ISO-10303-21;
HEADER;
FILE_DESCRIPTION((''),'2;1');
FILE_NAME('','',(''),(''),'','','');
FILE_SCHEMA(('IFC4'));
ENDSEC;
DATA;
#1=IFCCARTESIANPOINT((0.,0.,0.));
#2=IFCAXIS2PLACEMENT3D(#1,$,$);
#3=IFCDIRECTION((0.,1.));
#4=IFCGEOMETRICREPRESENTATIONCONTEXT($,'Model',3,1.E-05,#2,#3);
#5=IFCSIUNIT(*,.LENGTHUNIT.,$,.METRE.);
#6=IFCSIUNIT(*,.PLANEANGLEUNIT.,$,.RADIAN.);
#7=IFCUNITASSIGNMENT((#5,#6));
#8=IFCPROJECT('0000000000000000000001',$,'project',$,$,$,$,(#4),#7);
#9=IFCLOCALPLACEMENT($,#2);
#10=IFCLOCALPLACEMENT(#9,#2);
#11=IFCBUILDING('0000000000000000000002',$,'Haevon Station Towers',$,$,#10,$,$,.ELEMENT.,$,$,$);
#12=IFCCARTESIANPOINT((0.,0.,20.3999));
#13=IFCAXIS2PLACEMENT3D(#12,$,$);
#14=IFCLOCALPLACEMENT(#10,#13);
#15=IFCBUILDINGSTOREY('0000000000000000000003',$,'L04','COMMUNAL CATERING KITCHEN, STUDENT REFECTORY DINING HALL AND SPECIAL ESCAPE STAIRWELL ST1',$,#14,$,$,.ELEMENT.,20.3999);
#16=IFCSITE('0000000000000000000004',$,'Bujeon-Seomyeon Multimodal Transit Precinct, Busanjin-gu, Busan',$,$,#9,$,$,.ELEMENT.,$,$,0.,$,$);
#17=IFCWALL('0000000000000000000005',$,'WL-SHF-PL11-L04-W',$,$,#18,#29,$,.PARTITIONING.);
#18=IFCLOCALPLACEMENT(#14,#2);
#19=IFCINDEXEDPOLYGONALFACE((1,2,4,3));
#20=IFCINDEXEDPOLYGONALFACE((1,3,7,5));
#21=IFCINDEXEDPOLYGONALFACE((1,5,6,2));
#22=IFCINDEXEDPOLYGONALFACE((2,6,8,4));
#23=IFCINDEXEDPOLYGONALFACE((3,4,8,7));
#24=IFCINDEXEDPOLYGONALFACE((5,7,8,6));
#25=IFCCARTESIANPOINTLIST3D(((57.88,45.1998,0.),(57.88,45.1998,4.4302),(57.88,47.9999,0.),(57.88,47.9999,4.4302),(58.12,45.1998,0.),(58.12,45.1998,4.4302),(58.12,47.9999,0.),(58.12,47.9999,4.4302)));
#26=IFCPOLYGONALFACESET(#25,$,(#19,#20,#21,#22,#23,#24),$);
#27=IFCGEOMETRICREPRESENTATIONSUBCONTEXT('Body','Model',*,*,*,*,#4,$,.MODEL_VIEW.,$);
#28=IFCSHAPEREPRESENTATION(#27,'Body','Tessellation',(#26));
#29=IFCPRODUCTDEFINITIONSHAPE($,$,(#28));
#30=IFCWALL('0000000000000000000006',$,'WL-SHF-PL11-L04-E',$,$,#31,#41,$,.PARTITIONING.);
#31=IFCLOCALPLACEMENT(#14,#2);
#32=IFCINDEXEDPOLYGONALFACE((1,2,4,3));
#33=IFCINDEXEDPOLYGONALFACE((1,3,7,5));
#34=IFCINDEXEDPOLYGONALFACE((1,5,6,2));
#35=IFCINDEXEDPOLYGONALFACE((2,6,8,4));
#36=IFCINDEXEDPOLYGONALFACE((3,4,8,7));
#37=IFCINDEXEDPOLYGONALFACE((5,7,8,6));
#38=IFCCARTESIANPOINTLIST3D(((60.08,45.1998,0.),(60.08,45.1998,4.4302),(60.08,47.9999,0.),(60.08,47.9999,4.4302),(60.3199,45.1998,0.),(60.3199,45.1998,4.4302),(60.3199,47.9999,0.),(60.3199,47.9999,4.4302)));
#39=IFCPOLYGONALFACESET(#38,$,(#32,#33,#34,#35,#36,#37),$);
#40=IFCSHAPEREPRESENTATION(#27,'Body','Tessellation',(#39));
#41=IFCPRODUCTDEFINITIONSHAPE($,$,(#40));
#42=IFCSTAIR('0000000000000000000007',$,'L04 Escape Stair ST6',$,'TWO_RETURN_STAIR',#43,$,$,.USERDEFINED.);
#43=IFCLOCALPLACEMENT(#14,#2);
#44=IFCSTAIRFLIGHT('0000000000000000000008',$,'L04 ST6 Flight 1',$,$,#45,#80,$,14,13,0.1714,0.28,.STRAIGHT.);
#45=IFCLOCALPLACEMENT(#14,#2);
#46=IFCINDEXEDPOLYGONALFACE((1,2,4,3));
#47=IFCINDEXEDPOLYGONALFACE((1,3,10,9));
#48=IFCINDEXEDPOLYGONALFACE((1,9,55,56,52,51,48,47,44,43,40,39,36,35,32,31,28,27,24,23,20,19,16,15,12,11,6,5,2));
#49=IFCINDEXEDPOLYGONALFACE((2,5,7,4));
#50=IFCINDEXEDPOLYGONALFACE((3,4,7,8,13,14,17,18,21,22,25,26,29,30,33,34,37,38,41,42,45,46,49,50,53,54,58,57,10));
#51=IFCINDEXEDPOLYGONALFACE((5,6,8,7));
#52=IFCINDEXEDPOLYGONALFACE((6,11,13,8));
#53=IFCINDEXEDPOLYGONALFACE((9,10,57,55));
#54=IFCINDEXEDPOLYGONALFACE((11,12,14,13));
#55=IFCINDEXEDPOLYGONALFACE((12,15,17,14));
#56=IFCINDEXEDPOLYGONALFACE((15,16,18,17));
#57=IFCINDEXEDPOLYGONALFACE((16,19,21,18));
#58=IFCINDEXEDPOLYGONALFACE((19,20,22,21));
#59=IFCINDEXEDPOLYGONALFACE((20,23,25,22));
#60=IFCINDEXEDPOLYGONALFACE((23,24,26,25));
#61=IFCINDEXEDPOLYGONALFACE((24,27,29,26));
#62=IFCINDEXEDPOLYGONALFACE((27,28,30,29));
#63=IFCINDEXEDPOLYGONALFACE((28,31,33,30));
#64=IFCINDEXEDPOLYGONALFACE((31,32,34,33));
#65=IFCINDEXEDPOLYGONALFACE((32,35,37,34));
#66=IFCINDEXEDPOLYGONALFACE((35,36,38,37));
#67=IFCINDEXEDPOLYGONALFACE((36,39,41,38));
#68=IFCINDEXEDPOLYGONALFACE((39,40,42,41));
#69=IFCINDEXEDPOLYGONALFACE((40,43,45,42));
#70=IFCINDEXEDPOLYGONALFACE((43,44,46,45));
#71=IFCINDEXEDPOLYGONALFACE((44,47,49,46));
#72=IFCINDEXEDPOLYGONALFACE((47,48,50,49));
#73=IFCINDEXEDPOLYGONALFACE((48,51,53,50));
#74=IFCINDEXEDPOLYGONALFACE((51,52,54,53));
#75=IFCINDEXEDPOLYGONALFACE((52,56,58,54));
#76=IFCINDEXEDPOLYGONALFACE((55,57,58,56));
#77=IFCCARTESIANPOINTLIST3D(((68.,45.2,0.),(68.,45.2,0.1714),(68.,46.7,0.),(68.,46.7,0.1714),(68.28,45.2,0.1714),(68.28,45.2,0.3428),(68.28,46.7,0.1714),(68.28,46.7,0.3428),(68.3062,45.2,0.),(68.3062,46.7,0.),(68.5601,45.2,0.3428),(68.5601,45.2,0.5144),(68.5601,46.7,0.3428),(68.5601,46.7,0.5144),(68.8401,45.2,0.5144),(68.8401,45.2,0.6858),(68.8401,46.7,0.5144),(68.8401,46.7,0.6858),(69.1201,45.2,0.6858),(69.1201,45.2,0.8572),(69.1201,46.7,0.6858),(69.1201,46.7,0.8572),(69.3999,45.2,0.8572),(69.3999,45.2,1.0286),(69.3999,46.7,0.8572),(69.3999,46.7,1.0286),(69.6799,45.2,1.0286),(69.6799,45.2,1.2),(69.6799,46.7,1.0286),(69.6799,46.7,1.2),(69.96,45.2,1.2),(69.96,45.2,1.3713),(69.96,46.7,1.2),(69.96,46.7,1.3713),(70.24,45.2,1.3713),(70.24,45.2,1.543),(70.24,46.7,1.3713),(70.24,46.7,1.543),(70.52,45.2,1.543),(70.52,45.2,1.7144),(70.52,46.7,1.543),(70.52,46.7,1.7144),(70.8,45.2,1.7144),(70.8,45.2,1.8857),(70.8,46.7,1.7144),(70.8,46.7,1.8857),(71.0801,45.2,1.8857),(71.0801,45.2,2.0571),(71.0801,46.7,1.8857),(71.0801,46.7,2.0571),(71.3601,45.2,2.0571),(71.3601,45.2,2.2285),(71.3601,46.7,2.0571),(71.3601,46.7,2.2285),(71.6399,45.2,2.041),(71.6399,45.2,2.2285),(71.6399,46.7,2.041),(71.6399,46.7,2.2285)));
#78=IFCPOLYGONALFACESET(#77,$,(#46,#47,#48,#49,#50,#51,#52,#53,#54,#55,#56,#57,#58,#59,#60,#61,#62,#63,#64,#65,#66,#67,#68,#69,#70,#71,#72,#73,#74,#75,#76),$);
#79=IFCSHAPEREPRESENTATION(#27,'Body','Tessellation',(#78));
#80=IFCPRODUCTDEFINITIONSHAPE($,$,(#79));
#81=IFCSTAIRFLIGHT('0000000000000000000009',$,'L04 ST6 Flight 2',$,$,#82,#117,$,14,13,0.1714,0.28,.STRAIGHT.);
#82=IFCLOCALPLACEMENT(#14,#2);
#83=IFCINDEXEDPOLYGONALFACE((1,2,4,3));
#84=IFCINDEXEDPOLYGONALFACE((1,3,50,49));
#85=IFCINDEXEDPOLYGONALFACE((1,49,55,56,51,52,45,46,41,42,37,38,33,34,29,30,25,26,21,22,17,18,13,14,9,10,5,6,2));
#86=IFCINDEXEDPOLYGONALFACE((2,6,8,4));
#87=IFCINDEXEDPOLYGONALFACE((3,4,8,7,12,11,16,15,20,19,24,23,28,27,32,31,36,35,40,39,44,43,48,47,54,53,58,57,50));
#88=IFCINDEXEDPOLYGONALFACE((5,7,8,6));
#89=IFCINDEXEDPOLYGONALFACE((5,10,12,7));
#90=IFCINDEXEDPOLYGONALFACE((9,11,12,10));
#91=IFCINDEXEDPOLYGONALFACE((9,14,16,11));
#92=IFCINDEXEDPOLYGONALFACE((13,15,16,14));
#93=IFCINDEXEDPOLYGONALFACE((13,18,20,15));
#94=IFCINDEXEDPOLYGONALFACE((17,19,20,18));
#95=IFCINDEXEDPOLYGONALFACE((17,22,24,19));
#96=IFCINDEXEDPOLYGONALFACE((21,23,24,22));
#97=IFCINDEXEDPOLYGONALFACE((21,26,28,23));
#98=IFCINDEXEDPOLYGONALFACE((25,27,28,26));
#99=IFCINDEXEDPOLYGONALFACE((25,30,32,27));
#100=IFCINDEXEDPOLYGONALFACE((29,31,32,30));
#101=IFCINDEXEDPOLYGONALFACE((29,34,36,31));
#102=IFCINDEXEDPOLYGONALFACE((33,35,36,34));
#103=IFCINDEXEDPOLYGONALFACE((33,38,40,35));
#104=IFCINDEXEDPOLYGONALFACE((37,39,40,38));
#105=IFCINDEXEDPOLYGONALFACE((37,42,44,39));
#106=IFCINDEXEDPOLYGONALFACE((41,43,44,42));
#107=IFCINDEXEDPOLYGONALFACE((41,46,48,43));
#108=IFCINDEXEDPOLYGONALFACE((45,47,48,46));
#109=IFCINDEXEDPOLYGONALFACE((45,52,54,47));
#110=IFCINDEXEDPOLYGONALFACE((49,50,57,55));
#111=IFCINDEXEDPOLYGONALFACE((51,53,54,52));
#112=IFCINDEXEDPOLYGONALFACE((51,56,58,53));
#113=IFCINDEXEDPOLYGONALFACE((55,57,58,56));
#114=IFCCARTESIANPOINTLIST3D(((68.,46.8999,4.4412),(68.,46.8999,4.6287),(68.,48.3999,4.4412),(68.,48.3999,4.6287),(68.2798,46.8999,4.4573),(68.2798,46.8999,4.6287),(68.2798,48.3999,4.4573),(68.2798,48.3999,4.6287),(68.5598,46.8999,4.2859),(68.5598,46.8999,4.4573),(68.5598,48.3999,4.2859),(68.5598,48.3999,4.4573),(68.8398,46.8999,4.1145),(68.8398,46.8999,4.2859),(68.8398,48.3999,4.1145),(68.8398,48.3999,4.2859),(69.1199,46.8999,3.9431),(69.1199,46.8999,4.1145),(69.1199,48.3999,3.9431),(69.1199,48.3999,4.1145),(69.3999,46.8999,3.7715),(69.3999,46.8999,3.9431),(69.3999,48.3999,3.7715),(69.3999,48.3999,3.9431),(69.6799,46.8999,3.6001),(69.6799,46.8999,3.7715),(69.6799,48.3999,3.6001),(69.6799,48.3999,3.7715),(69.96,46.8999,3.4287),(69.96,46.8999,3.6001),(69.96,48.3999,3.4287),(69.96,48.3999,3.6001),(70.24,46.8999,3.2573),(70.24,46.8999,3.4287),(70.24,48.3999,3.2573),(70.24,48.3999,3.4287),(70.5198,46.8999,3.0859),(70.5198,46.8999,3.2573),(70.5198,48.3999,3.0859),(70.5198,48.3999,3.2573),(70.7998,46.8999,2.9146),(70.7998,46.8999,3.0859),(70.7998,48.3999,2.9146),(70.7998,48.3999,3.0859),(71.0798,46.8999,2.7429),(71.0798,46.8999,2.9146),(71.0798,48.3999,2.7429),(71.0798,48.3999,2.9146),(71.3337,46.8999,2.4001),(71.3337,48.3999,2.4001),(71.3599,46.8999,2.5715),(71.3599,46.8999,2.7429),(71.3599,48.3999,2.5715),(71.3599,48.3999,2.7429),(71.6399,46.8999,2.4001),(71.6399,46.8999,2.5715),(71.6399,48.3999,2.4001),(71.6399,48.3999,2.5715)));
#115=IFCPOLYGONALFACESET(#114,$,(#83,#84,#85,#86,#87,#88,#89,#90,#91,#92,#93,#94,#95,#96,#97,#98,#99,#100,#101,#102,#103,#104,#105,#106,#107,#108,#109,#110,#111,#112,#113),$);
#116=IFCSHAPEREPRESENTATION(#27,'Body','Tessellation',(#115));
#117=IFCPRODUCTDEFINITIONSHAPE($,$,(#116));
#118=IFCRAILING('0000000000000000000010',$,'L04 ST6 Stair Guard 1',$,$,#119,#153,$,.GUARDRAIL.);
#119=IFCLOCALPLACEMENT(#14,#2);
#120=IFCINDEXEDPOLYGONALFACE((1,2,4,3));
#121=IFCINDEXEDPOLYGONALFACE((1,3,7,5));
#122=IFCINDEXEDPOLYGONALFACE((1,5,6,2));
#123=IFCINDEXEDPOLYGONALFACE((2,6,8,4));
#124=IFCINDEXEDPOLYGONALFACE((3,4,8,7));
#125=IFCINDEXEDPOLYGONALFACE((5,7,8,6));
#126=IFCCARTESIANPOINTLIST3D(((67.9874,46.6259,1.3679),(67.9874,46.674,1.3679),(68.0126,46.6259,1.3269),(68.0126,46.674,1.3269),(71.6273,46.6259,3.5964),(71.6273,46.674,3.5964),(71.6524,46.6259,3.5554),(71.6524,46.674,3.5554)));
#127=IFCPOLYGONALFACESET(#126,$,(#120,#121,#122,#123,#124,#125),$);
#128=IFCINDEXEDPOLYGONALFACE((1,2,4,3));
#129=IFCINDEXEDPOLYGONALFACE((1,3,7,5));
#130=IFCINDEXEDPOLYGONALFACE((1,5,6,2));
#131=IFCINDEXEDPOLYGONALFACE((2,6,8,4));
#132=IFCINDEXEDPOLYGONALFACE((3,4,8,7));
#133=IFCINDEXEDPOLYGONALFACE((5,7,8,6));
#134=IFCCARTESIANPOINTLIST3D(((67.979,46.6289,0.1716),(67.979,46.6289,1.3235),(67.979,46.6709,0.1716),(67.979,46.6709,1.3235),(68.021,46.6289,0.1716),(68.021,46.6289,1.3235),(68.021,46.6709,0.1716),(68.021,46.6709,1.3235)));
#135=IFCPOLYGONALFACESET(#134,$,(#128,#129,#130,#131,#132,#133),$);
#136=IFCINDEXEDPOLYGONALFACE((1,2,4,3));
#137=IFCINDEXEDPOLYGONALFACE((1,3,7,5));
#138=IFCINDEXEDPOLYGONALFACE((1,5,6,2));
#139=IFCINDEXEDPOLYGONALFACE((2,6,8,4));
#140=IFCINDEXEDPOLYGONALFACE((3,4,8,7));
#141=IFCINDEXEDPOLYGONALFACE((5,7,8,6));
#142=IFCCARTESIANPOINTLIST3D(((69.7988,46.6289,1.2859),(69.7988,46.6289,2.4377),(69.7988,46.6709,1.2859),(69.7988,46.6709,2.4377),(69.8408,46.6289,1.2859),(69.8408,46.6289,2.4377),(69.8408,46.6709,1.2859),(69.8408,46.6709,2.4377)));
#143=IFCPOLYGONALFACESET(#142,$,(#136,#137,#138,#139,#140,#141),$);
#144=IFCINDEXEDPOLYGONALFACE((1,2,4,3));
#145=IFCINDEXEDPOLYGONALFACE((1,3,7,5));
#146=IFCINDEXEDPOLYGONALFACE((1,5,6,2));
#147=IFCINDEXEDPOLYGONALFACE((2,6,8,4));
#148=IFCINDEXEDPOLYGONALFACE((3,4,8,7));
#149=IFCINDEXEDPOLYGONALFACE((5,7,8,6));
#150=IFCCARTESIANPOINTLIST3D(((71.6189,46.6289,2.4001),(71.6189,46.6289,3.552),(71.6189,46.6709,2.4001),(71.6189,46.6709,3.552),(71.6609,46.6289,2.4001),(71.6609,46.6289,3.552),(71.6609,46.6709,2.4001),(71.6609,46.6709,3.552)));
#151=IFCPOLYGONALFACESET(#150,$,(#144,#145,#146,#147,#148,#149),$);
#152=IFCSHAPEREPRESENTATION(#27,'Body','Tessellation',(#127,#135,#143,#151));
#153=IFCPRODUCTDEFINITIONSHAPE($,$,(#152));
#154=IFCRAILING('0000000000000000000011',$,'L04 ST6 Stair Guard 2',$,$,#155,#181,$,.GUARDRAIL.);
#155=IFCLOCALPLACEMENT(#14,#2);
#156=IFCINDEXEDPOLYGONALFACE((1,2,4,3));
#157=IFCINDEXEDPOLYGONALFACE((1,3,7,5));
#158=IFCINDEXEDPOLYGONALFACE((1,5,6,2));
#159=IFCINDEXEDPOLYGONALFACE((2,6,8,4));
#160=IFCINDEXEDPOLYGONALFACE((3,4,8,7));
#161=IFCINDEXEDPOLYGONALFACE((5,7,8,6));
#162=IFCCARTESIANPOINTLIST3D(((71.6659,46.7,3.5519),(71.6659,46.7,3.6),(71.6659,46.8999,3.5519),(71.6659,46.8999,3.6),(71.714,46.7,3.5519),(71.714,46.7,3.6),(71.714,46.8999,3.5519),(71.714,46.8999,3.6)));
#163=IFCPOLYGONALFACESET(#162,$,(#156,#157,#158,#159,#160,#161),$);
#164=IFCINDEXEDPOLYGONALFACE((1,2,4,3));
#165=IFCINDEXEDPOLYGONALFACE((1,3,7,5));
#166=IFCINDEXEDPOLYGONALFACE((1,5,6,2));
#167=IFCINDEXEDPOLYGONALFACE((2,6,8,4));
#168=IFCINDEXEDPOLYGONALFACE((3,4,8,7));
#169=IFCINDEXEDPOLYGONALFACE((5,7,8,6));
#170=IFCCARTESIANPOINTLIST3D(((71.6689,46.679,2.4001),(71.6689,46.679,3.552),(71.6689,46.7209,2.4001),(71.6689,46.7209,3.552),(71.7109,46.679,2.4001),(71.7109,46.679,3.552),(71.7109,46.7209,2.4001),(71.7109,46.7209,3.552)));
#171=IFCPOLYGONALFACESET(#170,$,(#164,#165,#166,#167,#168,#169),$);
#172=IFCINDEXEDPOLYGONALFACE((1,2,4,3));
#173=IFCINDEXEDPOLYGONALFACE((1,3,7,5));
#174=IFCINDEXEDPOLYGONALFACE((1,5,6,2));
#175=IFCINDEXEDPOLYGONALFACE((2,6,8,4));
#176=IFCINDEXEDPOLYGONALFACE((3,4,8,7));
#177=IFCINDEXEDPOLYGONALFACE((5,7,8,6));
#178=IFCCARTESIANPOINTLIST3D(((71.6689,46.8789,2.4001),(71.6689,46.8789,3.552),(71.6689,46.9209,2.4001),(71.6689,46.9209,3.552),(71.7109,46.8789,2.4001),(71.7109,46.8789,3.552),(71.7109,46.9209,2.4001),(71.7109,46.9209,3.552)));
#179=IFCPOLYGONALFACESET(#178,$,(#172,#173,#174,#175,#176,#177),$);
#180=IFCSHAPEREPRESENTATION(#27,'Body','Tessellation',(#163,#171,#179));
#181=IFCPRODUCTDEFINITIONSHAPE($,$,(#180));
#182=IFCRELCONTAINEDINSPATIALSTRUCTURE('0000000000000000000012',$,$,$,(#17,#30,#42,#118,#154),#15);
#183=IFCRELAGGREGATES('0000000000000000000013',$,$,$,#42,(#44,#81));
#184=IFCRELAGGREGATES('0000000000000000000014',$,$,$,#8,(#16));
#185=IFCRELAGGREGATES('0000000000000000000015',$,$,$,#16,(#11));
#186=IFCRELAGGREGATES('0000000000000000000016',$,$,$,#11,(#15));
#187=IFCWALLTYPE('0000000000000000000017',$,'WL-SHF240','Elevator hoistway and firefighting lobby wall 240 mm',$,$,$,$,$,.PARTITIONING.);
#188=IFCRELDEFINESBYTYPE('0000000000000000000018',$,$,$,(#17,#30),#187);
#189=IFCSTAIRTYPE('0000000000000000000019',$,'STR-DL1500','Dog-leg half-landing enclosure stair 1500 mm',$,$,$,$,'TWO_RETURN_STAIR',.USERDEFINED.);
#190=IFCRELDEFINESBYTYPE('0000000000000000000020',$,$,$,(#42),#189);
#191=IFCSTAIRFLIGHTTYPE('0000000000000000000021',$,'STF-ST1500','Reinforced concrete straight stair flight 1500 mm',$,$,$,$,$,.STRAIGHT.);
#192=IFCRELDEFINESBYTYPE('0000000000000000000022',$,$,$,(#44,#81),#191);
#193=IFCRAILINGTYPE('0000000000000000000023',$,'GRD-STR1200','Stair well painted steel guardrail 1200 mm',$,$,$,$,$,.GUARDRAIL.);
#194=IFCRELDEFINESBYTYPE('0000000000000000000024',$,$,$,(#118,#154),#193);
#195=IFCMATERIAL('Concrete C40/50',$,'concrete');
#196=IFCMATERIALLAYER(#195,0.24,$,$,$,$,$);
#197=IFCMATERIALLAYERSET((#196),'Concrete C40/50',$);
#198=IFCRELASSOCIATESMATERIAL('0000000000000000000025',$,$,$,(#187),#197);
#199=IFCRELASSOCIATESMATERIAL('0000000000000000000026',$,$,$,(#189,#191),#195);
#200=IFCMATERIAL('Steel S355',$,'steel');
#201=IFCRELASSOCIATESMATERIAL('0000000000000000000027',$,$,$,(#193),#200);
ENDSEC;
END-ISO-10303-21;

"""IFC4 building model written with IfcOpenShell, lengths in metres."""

from ifc_helpers import new_model, si_unit, direction, frame, frame_2d, origin, origin_2d, place, context, subcontext, project, spatial, polyline, rectangle, outline, extrude, material, layer, layer_set, type_object, element, aggregate, save


model = new_model("IFC4")

# Units and contexts
model_context = context("Model", 3, precision=1e-05, world=origin(), true_north=direction((0.0, 1.0)))
body_context = subcontext(model_context, "Body", "Model", "MODEL_VIEW")
ifc_project = project(units=[si_unit("LENGTHUNIT", "METRE"), si_unit("PLANEANGLEUNIT", "RADIAN")], contexts=[model_context])

# Site, building, storey
site_placement = place(None, origin())
site = spatial("IfcSite", under=ifc_project, at=site_placement, Name="Bujeon-Seomyeon Multimodal Transit Precinct, Busanjin-gu, Busan", CompositionType="ELEMENT", RefElevation=0.0)
building_placement = place(site_placement, origin())
building = spatial("IfcBuilding", under=site, at=building_placement, Name="Haevon Station Towers", CompositionType="ELEMENT")
storey_placement = place(building_placement, frame((0.0, 0.0, 20.3999)))
storey = spatial("IfcBuildingStorey", under=building, at=storey_placement, Name="L04", Description="COMMUNAL CATERING KITCHEN, STUDENT REFECTORY DINING HALL AND SPECIAL ESCAPE STAIRWELL ST1", CompositionType="ELEMENT", Elevation=20.3999)

# Shared definitions
ifc_material_1 = material(Name="Steel S355", Category="steel")

# Shared definitions
ifc_material_2 = material(Name="Concrete C40/50", Category="concrete")
ifc_layer_1 = layer(ifc_material_2, 0.24)
ifc_layer_set_1 = layer_set([ifc_layer_1], Name="Concrete C40/50")
wall_type_1 = type_object("IfcWallType", Name="WL-SHF240", Description="Elevator hoistway and firefighting lobby wall 240 mm", PredefinedType="PARTITIONING", material=ifc_layer_set_1)

# Walls
for number, where, z_axis, x_axis, name in (
    (1, (58.0, 45.2, 0.0), (0.0, 0.0, 1.0), (0.0, 1.0, 0.0), "WL-SHF-PL11-L04-W"),
    (2, (60.2, 45.2, 0.0), (0.0, 0.0, 1.0), (0.0, 1.0, 0.0), "WL-SHF-PL11-L04-E"),
):
    element("IfcWall", number, at=place(storey_placement, frame(where, z_axis=z_axis, x_axis=x_axis)), inside=storey, type_object=wall_type_1, Name=name, PredefinedType="PARTITIONING", context=body_context, shape_type="SweptSolid", body=[
        extrude(rectangle(XDim=2.8, YDim=0.24, at=frame_2d((1.3999, 0.0))), origin(), (0.0, 0.0, 1.0), 4.4302),
    ])

# Stair, stair flights
stair_type = type_object("IfcStairType", Name="STR-DL1500", Description="Dog-leg half-landing enclosure stair 1500 mm", ElementType="TWO_RETURN_STAIR", PredefinedType="USERDEFINED", material=ifc_material_2)
stair_placement = place(storey_placement, origin())
stair = element("IfcStair", 3, at=stair_placement, inside=storey, type_object=stair_type, Name="L04 Escape Stair ST6", ObjectType="TWO_RETURN_STAIR", PredefinedType="USERDEFINED")
stair_flight_type = type_object("IfcStairFlightType", Name="STF-ST1500", Description="Reinforced concrete straight stair flight 1500 mm", PredefinedType="STRAIGHT", material=ifc_material_2)
stair_flight_1_placement = place(storey_placement, frame((68.0, 45.95, 0.0), z_axis=(0.0, 0.0, 1.0), x_axis=(1.0, 0.0, 0.0)))
stair_flight_1 = element("IfcStairFlight", 4, at=stair_flight_1_placement, type_object=stair_flight_type, Name="L04 ST6 Flight 1", NumberOfRisers=14, NumberOfTreads=13, PredefinedType="STRAIGHT", RiserHeight=0.1714, TreadLength=0.28, context=body_context, shape_type="SweptSolid", body=[
    extrude(outline(polyline([(0.0, 0.0), (0.0, 0.1714), (0.28, 0.1714), (0.28, 0.3428), (0.5601, 0.3428), (0.5601, 0.5144), (0.8401, 0.5144), (0.8401, 0.6858), (1.1201, 0.6858), (1.1201, 0.8572), (1.3999, 0.8572), (1.3999, 1.0286), (1.6799, 1.0286), (1.6799, 1.2), (1.96, 1.2), (1.96, 1.3713), (2.24, 1.3713), (2.24, 1.543), (2.52, 1.543), (2.52, 1.7144), (2.8, 1.7144), (2.8, 1.8857), (3.0801, 1.8857), (3.0801, 2.0571), (3.3601, 2.0571), (3.3601, 2.2285), (3.6399, 2.2285), (3.6399, 2.3999), (3.6399, 2.041), (0.3062, 0.0), (0.0, 0.0)])), frame((0.0, 0.75, 0.0), z_axis=(0.0, -1.0, 0.0), x_axis=(1.0, 0.0, 0.0)), (0.0, 0.0, 1.0), 1.5),
])
stair_flight_2_placement = place(storey_placement, frame((71.6399, 47.6499, 2.4001), z_axis=(0.0, 0.0, 1.0), x_axis=(-1.0, 0.0, 0.0)))
stair_flight_2 = element("IfcStairFlight", 5, at=stair_flight_2_placement, type_object=stair_flight_type, Name="L04 ST6 Flight 2", NumberOfRisers=14, NumberOfTreads=13, PredefinedType="STRAIGHT", RiserHeight=0.1714, TreadLength=0.28, context=body_context, shape_type="SweptSolid", body=[
    extrude(outline(polyline([(0.0, 0.0), (0.0, 0.1714), (0.28, 0.1714), (0.28, 0.3428), (0.5601, 0.3428), (0.5601, 0.5144), (0.8401, 0.5144), (0.8401, 0.6858), (1.1201, 0.6858), (1.1201, 0.8572), (1.3999, 0.8572), (1.3999, 1.0286), (1.6799, 1.0286), (1.6799, 1.2), (1.96, 1.2), (1.96, 1.3713), (2.24, 1.3713), (2.24, 1.543), (2.52, 1.543), (2.52, 1.7144), (2.8, 1.7144), (2.8, 1.8857), (3.0801, 1.8857), (3.0801, 2.0571), (3.3601, 2.0571), (3.3601, 2.2285), (3.6399, 2.2285), (3.6399, 2.3999), (3.6399, 2.041), (0.3062, 0.0), (0.0, 0.0)])), frame((0.0, 0.75, 0.0), z_axis=(0.0, -1.0, 0.0), x_axis=(1.0, 0.0, 0.0)), (0.0, 0.0, 1.0), 1.5),
])
aggregate(stair, [stair_flight_1, stair_flight_2])

# Railings
railing_type_1 = type_object("IfcRailingType", Name="GRD-STR1200", Description="Stair well painted steel guardrail 1200 mm", PredefinedType="GUARDRAIL", material=ifc_material_1)
railing_1_placement = place(storey_placement, frame((68.0, 46.6499, 0.1716)))
element("IfcRailing", 6, at=railing_1_placement, inside=storey, type_object=railing_type_1, Name="L04 ST6 Stair Guard 1", PredefinedType="GUARDRAIL", context=body_context, shape_type="SweptSolid", body=[
    extrude(rectangle(XDim=0.0481, YDim=0.0481, at=origin_2d()), frame((0.0, 0.0, 1.1758), z_axis=(0.85285, 0.0, 0.522156), x_axis=(0.0, 1.0, 0.0)), (0.0, 0.0, 1.0), 4.2678),
    extrude(rectangle(XDim=0.042, YDim=0.042, at=origin_2d()), origin(), (0.0, 0.0, 1.0), 1.1519),
    extrude(rectangle(XDim=0.042, YDim=0.042, at=origin_2d()), frame((1.8198, 0.0, 1.1143)), (0.0, 0.0, 1.0), 1.1519),
    extrude(rectangle(XDim=0.042, YDim=0.042, at=origin_2d()), frame((3.6399, 0.0, 2.2285)), (0.0, 0.0, 1.0), 1.1519),
])
railing_2_placement = place(storey_placement, frame((71.6899, 46.7, 2.4001)))
element("IfcRailing", 7, at=railing_2_placement, inside=storey, type_object=railing_type_1, Name="L04 ST6 Stair Guard 2", PredefinedType="GUARDRAIL", context=body_context, shape_type="SweptSolid", body=[
    extrude(rectangle(XDim=0.0481, YDim=0.0481, at=origin_2d()), frame((0.0, 0.0, 1.1758), z_axis=(0.0, 1.0, 0.0), x_axis=(-1.0, 0.0, 0.0)), (0.0, 0.0, 1.0), 0.2),
    extrude(rectangle(XDim=0.042, YDim=0.042, at=origin_2d()), origin(), (0.0, 0.0, 1.0), 1.1519),
    extrude(rectangle(XDim=0.042, YDim=0.042, at=origin_2d()), frame((0.0, 0.2, 0.0)), (0.0, 0.0, 1.0), 1.1519),
])

save(model, "model.ifc")
